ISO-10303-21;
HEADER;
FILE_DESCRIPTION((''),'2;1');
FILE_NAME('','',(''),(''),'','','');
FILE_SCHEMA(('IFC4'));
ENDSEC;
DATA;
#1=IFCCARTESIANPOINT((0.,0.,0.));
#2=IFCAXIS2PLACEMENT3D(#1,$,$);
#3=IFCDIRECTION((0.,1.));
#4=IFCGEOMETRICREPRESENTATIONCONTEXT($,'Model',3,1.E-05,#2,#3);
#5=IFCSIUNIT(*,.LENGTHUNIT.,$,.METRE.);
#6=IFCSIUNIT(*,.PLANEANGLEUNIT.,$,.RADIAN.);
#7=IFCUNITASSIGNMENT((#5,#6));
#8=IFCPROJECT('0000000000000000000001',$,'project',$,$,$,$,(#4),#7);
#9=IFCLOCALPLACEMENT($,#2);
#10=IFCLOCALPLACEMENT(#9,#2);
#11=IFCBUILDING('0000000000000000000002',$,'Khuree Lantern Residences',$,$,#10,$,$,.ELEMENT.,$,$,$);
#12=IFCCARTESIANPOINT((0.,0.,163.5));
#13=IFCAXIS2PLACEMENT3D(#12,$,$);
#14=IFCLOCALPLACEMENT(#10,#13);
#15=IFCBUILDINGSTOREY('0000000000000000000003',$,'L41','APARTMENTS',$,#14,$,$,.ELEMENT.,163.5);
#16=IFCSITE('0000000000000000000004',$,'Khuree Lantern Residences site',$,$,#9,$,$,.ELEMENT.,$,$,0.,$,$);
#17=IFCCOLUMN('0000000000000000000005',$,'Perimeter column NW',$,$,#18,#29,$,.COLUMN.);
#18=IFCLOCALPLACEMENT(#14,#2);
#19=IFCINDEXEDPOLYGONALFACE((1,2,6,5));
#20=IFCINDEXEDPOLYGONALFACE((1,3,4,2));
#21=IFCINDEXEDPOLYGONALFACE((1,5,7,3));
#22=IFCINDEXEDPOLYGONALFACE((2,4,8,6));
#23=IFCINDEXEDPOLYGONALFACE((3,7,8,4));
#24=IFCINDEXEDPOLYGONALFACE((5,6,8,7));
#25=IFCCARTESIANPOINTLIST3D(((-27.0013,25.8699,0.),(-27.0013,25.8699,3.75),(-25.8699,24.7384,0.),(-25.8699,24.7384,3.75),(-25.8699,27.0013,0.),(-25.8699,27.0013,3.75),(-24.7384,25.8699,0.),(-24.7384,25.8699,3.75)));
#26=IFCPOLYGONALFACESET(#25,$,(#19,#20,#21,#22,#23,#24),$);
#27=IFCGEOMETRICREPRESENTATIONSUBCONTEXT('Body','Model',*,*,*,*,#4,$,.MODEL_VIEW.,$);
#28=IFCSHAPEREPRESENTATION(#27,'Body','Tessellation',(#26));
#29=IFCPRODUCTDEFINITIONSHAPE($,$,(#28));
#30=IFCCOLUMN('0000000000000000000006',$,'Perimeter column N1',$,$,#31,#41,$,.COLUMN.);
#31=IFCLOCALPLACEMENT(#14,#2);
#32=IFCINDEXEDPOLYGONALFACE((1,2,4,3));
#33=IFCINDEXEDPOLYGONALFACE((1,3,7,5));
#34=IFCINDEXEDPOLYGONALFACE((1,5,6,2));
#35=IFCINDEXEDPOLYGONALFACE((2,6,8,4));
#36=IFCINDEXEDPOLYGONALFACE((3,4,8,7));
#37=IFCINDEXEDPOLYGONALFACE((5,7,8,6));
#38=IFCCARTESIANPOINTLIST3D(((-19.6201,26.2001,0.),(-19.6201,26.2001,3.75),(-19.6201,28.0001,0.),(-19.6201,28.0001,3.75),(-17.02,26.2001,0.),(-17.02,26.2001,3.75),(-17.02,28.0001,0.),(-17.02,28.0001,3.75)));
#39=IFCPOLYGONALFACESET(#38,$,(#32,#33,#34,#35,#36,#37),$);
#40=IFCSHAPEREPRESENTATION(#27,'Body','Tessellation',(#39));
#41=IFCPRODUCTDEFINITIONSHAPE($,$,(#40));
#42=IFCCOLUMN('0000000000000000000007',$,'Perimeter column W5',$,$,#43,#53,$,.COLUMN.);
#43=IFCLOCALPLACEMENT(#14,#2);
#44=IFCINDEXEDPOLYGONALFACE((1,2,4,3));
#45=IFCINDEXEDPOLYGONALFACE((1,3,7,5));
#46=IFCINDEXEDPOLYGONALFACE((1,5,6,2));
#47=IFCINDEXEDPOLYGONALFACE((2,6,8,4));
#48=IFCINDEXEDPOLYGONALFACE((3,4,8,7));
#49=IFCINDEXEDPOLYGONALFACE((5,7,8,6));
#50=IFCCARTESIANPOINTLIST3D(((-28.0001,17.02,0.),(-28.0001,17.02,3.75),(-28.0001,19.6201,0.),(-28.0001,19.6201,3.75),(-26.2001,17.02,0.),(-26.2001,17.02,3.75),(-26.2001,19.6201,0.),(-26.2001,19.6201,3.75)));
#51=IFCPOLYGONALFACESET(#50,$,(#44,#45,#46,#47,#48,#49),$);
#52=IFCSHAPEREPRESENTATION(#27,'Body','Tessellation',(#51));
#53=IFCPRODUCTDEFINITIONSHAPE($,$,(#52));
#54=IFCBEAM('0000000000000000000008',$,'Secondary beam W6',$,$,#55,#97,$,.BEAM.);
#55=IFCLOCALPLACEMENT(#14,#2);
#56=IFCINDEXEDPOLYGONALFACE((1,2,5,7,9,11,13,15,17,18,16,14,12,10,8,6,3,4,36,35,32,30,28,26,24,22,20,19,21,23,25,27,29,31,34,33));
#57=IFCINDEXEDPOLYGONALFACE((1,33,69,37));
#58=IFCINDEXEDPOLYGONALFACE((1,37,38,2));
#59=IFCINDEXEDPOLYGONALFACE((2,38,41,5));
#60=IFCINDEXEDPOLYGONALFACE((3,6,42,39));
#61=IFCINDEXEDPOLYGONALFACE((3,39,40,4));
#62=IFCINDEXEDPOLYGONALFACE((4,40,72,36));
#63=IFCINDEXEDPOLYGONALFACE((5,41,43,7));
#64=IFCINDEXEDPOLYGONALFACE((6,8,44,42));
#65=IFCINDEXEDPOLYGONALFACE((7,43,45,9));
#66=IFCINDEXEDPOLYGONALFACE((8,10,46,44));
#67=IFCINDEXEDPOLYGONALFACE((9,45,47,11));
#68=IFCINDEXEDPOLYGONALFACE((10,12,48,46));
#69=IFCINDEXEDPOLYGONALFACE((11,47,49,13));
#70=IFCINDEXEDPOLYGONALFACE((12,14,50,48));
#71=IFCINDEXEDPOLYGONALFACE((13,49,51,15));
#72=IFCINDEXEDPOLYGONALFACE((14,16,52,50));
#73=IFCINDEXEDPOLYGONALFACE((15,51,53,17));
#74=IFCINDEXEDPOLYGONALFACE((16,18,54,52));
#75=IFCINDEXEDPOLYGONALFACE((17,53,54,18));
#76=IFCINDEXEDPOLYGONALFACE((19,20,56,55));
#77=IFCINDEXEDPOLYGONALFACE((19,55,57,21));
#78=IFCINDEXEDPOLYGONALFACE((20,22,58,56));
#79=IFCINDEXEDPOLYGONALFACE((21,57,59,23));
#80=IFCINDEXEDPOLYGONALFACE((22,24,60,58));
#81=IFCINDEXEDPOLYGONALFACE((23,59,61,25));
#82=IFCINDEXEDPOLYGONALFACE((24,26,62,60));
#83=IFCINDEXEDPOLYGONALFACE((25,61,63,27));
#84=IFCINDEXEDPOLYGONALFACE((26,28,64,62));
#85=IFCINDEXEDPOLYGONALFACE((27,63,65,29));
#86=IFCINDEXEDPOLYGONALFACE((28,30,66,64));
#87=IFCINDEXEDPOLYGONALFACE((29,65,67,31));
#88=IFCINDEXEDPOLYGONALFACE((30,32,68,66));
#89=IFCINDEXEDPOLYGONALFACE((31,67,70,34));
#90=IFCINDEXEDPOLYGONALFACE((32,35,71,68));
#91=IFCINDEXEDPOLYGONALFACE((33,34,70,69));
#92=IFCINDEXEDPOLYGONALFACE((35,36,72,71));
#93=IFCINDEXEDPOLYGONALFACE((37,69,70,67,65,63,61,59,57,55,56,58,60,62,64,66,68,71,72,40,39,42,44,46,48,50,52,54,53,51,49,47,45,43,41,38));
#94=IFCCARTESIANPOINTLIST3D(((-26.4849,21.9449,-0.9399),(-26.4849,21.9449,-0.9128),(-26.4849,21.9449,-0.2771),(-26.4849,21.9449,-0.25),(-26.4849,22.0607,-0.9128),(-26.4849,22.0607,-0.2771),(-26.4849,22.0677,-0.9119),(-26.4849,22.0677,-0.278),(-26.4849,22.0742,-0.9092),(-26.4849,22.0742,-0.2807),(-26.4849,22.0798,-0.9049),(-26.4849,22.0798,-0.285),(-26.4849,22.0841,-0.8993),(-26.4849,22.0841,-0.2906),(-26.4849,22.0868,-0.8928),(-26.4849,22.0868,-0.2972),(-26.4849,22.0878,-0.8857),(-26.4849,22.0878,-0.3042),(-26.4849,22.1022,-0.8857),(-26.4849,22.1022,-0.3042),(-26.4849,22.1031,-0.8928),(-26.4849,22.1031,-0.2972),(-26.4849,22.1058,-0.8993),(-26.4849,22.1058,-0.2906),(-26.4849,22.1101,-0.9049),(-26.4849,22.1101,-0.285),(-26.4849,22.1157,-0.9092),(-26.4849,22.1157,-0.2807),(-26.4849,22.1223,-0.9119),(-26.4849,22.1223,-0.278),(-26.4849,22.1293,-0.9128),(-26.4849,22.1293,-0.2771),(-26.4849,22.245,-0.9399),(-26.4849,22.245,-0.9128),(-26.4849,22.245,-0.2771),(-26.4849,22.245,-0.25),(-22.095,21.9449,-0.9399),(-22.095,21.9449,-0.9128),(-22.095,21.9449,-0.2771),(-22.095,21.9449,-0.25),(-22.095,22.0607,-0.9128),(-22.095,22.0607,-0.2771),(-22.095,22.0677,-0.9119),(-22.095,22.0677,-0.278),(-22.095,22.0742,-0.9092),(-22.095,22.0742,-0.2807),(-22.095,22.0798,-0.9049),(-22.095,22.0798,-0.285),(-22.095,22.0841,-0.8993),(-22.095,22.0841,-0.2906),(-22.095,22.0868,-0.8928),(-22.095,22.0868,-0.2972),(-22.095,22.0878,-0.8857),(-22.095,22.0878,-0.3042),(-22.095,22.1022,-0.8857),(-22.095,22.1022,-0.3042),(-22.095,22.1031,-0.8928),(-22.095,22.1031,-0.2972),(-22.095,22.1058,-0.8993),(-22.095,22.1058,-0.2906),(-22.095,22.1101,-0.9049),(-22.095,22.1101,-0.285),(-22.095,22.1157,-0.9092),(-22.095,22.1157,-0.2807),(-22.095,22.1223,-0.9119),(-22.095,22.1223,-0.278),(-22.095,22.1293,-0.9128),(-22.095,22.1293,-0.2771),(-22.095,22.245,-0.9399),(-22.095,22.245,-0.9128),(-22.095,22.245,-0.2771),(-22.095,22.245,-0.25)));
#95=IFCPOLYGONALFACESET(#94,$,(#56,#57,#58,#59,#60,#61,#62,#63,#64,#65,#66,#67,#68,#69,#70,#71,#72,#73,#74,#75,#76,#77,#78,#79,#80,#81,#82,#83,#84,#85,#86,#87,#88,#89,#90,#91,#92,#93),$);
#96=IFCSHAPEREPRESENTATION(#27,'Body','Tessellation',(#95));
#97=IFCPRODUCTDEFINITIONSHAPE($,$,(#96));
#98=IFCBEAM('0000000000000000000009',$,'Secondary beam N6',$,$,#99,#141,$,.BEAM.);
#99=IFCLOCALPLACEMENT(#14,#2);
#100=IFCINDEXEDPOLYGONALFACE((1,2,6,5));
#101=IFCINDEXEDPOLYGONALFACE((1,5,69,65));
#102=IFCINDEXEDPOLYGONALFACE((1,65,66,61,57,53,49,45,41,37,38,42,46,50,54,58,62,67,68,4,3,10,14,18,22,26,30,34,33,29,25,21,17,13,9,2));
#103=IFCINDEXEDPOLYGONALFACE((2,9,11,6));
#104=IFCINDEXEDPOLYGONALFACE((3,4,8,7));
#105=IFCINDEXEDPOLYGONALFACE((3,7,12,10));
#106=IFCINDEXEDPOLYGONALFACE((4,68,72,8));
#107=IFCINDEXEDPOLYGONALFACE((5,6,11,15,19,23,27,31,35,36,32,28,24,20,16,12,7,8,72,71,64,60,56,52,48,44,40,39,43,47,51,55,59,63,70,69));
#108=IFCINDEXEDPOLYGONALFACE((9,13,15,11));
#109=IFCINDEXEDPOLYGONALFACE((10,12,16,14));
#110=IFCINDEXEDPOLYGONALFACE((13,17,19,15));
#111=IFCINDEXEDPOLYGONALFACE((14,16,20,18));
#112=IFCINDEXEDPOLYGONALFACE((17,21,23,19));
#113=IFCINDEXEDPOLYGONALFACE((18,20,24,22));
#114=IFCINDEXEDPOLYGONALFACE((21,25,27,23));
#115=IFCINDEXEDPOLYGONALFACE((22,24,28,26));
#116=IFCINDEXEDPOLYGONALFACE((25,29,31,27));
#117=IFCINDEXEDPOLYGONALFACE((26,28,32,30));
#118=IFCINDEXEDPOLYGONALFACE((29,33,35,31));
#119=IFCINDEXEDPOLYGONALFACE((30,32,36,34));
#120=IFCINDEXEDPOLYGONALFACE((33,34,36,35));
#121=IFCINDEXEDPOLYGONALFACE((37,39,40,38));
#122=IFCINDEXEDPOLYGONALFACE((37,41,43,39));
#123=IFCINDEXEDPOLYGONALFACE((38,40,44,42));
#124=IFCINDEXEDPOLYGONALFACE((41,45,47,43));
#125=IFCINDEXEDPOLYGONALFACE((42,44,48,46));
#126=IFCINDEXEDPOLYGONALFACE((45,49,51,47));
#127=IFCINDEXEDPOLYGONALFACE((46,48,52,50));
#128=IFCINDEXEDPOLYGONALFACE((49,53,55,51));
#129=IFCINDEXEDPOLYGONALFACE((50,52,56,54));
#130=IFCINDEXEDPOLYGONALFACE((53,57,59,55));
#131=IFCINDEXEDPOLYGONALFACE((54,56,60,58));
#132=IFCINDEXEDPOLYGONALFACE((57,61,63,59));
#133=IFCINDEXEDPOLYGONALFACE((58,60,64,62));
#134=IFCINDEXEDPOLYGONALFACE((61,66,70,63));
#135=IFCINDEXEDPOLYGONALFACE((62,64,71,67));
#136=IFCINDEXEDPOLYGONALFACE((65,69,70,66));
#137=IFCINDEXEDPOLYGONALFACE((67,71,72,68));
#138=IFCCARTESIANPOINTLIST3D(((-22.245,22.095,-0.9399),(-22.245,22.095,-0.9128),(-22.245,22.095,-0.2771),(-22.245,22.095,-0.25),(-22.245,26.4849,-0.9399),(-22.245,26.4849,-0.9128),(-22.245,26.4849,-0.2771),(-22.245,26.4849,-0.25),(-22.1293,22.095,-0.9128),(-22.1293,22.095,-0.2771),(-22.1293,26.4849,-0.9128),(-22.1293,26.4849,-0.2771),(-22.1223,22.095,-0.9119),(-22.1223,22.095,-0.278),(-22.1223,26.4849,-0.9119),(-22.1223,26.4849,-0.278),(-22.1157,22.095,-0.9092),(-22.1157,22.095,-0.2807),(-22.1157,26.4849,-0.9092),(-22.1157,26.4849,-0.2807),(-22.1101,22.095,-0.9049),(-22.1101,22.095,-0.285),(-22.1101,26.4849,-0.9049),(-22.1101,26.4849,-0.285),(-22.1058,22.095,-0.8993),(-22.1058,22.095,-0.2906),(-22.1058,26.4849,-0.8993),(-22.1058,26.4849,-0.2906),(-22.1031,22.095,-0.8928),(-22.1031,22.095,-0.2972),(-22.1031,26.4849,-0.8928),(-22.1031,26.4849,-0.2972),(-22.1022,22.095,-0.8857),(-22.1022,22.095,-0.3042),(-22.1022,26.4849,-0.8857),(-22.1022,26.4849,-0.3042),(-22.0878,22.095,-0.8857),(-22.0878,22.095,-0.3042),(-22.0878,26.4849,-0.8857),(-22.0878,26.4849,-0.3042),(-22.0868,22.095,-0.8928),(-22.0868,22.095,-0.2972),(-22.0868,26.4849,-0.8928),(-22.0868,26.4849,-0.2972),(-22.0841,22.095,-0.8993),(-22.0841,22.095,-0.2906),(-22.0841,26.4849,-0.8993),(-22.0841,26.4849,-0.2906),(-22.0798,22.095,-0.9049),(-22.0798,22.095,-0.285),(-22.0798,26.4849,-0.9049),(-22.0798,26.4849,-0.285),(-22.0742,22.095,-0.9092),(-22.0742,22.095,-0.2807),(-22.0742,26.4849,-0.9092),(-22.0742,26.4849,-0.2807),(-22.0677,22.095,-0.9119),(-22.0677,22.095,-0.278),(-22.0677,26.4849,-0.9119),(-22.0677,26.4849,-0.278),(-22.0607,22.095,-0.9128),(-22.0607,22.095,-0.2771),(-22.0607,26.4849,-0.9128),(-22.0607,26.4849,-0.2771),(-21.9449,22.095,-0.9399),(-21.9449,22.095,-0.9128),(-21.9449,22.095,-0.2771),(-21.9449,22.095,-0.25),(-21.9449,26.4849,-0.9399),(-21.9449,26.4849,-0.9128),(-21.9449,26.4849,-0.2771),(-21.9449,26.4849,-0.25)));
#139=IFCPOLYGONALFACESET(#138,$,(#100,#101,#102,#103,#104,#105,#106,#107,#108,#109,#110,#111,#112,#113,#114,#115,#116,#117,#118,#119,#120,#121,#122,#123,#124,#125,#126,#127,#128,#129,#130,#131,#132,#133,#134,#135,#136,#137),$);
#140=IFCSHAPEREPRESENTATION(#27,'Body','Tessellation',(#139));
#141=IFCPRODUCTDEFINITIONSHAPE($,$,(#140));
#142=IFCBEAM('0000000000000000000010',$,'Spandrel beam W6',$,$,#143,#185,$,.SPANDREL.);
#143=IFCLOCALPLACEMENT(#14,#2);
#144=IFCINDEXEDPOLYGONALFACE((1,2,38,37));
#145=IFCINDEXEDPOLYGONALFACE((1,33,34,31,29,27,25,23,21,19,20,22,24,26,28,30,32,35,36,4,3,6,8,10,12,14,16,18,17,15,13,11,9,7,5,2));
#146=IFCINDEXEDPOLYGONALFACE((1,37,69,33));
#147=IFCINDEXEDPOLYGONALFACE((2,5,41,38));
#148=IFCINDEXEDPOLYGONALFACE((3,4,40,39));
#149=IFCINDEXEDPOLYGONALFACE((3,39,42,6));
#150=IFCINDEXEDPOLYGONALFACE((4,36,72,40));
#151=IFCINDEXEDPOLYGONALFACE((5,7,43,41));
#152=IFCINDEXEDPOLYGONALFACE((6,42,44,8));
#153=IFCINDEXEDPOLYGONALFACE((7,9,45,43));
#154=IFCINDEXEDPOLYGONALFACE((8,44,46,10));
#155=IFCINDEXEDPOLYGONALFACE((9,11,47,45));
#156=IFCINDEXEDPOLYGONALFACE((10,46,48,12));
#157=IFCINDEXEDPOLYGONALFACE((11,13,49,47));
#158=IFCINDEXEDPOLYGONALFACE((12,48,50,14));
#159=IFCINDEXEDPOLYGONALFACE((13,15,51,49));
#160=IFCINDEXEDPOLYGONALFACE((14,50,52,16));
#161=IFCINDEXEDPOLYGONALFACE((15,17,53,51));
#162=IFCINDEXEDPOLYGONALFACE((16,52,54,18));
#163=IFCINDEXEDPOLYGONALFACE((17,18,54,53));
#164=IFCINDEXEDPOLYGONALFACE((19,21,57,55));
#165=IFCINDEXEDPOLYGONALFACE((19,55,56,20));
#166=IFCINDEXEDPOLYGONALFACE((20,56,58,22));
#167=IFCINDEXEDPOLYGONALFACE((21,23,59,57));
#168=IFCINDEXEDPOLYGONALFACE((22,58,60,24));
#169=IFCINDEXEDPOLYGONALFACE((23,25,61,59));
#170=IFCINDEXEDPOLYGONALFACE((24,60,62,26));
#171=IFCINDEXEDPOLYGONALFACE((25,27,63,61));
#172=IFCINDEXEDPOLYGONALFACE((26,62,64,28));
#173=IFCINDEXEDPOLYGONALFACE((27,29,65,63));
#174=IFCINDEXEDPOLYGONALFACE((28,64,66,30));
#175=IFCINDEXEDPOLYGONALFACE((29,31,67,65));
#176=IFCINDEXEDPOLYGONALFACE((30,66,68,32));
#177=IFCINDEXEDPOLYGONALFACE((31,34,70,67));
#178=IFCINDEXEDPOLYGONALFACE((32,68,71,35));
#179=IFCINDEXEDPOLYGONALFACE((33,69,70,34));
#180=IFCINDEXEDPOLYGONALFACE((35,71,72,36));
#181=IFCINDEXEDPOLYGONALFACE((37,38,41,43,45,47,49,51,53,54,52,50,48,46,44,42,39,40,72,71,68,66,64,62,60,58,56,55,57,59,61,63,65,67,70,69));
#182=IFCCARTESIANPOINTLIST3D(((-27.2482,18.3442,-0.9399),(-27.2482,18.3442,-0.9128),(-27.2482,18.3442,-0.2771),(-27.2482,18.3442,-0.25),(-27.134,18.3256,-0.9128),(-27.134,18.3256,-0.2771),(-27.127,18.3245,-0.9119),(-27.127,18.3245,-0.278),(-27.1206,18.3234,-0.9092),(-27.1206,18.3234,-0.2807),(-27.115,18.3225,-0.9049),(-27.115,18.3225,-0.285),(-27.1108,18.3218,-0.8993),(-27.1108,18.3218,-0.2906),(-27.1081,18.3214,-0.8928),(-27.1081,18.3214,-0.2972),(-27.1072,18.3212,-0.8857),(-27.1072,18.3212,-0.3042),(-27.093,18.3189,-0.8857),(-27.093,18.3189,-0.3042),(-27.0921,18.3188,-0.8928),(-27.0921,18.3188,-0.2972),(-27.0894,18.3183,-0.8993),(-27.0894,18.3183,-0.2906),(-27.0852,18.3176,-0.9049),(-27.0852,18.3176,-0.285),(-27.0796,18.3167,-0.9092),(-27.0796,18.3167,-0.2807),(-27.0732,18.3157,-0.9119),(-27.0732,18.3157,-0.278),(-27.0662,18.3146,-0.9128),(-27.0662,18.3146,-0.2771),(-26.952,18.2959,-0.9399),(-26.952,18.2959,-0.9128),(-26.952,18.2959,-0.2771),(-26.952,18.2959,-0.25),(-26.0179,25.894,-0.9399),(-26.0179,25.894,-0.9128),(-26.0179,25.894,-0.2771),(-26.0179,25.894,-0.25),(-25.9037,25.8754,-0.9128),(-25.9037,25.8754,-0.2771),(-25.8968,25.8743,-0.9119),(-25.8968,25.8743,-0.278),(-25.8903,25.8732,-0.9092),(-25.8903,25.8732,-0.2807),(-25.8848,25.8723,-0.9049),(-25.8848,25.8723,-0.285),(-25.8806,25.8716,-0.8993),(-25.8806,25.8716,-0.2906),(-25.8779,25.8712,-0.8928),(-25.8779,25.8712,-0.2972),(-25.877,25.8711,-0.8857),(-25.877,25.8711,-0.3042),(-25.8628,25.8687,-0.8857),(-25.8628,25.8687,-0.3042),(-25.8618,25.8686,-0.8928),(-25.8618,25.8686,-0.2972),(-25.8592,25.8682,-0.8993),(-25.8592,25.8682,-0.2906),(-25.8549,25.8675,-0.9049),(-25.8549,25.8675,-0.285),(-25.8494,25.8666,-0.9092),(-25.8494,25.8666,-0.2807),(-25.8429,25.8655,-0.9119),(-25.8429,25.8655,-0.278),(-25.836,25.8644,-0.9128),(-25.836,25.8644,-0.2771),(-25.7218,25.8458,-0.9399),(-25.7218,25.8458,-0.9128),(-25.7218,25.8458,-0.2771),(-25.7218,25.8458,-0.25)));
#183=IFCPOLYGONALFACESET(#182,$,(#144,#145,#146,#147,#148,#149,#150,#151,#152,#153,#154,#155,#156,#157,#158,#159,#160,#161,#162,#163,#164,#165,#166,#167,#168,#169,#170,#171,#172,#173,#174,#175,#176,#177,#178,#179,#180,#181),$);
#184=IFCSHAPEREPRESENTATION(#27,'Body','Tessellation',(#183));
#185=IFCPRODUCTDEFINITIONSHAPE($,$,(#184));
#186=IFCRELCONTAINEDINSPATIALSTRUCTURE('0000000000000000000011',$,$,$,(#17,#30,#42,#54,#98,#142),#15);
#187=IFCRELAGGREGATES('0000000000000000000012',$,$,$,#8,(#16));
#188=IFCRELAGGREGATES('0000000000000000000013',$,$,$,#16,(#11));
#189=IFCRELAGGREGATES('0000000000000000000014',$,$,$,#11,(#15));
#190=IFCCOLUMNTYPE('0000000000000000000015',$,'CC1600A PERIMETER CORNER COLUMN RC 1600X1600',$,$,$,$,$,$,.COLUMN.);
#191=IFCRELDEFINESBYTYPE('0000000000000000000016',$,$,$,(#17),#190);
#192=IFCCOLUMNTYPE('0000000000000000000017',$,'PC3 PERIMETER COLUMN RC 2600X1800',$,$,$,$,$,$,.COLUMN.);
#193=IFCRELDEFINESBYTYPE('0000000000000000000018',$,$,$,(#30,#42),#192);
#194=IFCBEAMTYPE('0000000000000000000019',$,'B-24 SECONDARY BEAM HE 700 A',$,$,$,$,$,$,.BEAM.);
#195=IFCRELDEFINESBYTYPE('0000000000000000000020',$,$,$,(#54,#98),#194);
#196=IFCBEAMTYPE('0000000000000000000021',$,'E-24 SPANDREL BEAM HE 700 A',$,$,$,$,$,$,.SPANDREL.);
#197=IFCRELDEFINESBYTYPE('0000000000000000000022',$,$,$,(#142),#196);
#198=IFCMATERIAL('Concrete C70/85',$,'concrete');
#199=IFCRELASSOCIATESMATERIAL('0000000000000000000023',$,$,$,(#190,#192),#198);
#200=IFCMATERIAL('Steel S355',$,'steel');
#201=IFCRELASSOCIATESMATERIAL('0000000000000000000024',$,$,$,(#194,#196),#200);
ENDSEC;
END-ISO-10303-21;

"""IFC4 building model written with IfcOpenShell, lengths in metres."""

from ifc_helpers import new_model, si_unit, direction, frame, origin, origin_2d, place, context, subcontext, project, spatial, rectangle, i_section, extrude, material, material_profile, profile_set, type_object, element, save


model = new_model("IFC4")

# Units and contexts
model_context = context("Model", 3, precision=1e-05, world=origin(), true_north=direction((0.0, 1.0)))
body_context = subcontext(model_context, "Body", "Model", "MODEL_VIEW")
ifc_project = project(units=[si_unit("LENGTHUNIT", "METRE"), si_unit("PLANEANGLEUNIT", "RADIAN")], contexts=[model_context])

# Site, building, storey
site_placement = place(None, origin())
site = spatial("IfcSite", under=ifc_project, at=site_placement, Name="Khuree Lantern Residences site", CompositionType="ELEMENT", RefElevation=0.0)
building_placement = place(site_placement, origin())
building = spatial("IfcBuilding", under=site, at=building_placement, Name="Khuree Lantern Residences", CompositionType="ELEMENT")
storey_placement = place(building_placement, frame((0.0, 0.0, 163.5)))
storey = spatial("IfcBuildingStorey", under=building, at=storey_placement, Name="L41", Description="APARTMENTS", CompositionType="ELEMENT", Elevation=163.5)

# Columns
ifc_material_1 = material(Name="Concrete C70/85", Category="concrete")
ifc_material_profile_1 = material_profile(ifc_material_1, rectangle(XDim=1.6001, YDim=1.6001, at=origin_2d()), Name="RC 1600X1600")
ifc_profile_set_1 = profile_set([ifc_material_profile_1], Name="Concrete C70/85")
column_type_1 = type_object("IfcColumnType", Name="CC1600A PERIMETER CORNER COLUMN RC 1600X1600", PredefinedType="COLUMN", material=ifc_profile_set_1)
column_placement = place(storey_placement, frame((-25.8699, 25.8699, 0.0), z_axis=(0.0, 0.0, 1.0), x_axis=(0.707107, 0.707107, 0.0)))
element("IfcColumn", 1, at=column_placement, inside=storey, type_object=column_type_1, Name="Perimeter column NW", PredefinedType="COLUMN", context=body_context, shape_type="SweptSolid", body=[
    extrude(rectangle(XDim=1.6001, YDim=1.6001, at=origin_2d()), origin(), (0.0, 0.0, 1.0), 3.75),
])
ifc_material_profile_2 = material_profile(ifc_material_1, rectangle(XDim=2.6001, YDim=1.8, at=origin_2d()), Name="RC 2600X1800")
ifc_profile_set_2 = profile_set([ifc_material_profile_2], Name="Concrete C70/85")
column_type_2 = type_object("IfcColumnType", Name="PC3 PERIMETER COLUMN RC 2600X1800", PredefinedType="COLUMN", material=ifc_profile_set_2)
for number, where, z_axis, x_axis, name in (
    (2, (-18.3201, 27.1001, 0.0), (0.0, 0.0, 1.0), (1.0, 0.0, 0.0), "Perimeter column N1"),
    (3, (-27.1001, 18.3201, 0.0), (0.0, 0.0, 1.0), (0.0, 1.0, 0.0), "Perimeter column W5"),
):
    element("IfcColumn", number, at=place(storey_placement, frame(where, z_axis=z_axis, x_axis=x_axis)), inside=storey, type_object=column_type_2, Name=name, PredefinedType="COLUMN", context=body_context, shape_type="SweptSolid", body=[
        extrude(rectangle(XDim=2.6001, YDim=1.8, at=origin_2d()), origin(), (0.0, 0.0, 1.0), 3.75),
    ])

# Beams
ifc_material_2 = material(Name="Steel S355", Category="steel")
ifc_material_profile_3 = material_profile(ifc_material_2, i_section(OverallWidth=0.3, OverallDepth=0.6899, WebThickness=0.0144, FlangeThickness=0.0271, FilletRadius=0.0271, at=origin_2d()), Name="HE 700 A")
ifc_profile_set_3 = profile_set([ifc_material_profile_3], Name="Steel S355")
beam_type_1 = type_object("IfcBeamType", Name="B-24 SECONDARY BEAM HE 700 A", PredefinedType="BEAM", material=ifc_profile_set_3)
for number, where, z_axis, x_axis, name in (
    (4, (-26.4849, 22.095, -0.595), (1.0, 0.0, 0.0), (0.0, 1.0, 0.0), "Secondary beam W6"),
    (5, (-22.095, 26.4849, -0.595), (0.0, -1.0, 0.0), (1.0, 0.0, 0.0), "Secondary beam N6"),
):
    element("IfcBeam", number, at=place(storey_placement, frame(where, z_axis=z_axis, x_axis=x_axis)), inside=storey, type_object=beam_type_1, Name=name, PredefinedType="BEAM", context=body_context, shape_type="SweptSolid", body=[
        extrude(i_section(OverallWidth=0.3, OverallDepth=0.6899, WebThickness=0.0144, FlangeThickness=0.0271, FilletRadius=0.0271, at=origin_2d()), origin(), (0.0, 0.0, 1.0), 4.3899),
    ])
ifc_material_profile_4 = material_profile(ifc_material_2, i_section(OverallWidth=0.3, OverallDepth=0.6899, WebThickness=0.0144, FlangeThickness=0.0271, FilletRadius=0.0271, at=origin_2d()), Name="HE 700 A")
ifc_profile_set_4 = profile_set([ifc_material_profile_4], Name="Steel S355")
beam_type_2 = type_object("IfcBeamType", Name="E-24 SPANDREL BEAM HE 700 A", PredefinedType="SPANDREL", material=ifc_profile_set_4)
for number, where, z_axis, x_axis, name in (
    (6, (-27.1001, 18.3201, -0.595), (0.160827, 0.986983, 0.0), (-0.986983, 0.160827, 0.0), "Spandrel beam W6"),
):
    element("IfcBeam", number, at=place(storey_placement, frame(where, z_axis=z_axis, x_axis=x_axis)), inside=storey, type_object=beam_type_2, Name=name, PredefinedType="SPANDREL", context=body_context, shape_type="SweptSolid", body=[
        extrude(i_section(OverallWidth=0.3, OverallDepth=0.6899, WebThickness=0.0144, FlangeThickness=0.0271, FilletRadius=0.0271, at=origin_2d()), origin(), (0.0, 0.0, 1.0), 7.6494),
    ])

save(model, "model.ifc")
